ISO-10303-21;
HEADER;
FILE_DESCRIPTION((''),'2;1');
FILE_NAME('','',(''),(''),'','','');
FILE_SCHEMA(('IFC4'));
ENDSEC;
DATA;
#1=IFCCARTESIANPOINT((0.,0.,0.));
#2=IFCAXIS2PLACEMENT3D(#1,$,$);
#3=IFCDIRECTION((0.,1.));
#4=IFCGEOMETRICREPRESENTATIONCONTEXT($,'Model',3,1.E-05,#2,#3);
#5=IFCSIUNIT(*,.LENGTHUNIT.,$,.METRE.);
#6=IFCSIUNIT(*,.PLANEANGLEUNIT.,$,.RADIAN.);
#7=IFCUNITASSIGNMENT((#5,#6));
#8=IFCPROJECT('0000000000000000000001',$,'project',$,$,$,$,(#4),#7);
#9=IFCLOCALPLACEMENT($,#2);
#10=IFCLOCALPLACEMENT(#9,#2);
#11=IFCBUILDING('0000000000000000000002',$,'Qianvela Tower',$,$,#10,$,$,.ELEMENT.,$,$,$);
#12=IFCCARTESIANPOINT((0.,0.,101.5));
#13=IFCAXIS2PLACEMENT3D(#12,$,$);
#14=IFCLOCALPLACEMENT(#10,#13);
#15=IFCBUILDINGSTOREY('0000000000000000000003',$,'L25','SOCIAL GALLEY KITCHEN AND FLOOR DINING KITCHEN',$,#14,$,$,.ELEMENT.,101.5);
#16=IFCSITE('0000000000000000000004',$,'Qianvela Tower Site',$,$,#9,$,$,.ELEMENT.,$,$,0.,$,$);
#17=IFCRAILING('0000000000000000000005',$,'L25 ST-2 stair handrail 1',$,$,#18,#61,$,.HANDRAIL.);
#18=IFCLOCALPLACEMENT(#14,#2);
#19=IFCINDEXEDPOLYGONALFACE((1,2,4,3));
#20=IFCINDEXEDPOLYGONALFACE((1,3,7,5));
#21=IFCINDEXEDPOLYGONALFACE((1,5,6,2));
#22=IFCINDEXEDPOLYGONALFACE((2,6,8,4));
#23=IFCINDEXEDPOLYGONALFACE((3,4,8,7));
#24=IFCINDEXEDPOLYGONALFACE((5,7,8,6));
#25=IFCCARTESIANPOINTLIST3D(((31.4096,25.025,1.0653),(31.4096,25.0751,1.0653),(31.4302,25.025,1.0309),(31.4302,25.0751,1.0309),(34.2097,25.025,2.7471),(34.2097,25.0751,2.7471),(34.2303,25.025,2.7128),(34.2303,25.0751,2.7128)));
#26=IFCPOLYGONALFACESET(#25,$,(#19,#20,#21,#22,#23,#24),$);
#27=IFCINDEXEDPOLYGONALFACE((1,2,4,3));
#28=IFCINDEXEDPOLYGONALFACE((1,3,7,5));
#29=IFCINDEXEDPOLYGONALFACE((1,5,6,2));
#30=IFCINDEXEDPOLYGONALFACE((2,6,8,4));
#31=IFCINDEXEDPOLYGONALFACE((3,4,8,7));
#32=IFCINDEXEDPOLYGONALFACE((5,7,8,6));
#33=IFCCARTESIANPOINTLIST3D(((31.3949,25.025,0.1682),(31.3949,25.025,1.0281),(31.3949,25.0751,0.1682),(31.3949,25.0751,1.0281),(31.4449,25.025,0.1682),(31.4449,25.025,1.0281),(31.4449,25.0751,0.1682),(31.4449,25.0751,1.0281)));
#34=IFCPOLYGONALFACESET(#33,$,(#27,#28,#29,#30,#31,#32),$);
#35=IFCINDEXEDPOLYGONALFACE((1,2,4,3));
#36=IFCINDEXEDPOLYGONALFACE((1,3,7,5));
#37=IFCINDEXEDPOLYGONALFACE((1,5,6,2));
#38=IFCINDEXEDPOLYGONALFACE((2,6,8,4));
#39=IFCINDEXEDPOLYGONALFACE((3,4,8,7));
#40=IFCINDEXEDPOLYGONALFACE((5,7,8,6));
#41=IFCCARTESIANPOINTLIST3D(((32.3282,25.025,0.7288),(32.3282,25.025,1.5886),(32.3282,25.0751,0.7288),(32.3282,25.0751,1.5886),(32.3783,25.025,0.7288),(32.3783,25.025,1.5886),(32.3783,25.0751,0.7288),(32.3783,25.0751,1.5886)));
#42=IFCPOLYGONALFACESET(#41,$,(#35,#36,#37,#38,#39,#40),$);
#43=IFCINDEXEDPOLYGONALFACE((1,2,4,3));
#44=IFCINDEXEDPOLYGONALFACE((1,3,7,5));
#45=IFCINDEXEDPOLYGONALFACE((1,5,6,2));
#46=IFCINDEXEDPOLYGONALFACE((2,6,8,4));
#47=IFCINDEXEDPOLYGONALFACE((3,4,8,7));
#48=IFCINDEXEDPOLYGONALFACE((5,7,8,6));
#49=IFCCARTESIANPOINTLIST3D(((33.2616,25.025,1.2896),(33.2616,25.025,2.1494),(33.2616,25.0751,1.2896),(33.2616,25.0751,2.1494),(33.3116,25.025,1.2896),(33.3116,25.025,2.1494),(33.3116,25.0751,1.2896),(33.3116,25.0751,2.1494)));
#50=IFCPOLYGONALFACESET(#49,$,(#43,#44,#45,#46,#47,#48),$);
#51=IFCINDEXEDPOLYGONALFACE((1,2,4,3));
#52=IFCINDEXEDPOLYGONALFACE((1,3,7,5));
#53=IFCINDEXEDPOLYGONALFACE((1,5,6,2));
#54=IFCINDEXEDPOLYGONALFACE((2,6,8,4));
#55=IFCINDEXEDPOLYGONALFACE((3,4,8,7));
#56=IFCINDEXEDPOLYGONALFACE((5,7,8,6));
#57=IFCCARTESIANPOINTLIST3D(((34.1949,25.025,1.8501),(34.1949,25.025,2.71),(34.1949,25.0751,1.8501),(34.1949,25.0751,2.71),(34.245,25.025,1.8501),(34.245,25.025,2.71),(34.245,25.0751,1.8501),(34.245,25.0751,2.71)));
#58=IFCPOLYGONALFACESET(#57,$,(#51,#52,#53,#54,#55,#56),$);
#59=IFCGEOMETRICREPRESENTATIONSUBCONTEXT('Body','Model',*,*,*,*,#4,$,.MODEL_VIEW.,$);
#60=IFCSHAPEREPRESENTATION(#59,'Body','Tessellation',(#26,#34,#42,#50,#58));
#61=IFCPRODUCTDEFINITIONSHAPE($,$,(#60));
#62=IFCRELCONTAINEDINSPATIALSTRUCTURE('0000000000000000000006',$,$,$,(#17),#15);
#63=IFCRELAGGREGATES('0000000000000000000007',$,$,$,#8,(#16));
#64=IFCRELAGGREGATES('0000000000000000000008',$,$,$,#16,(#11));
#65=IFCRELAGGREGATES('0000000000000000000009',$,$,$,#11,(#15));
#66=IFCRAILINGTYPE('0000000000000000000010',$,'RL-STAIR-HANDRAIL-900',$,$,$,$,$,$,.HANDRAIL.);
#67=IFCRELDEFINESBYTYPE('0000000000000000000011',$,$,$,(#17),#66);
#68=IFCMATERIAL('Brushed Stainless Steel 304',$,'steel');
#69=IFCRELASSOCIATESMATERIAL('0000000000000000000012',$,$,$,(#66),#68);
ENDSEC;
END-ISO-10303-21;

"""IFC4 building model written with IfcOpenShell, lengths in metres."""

from ifc_helpers import new_model, si_unit, direction, frame, origin, origin_2d, place, context, subcontext, project, spatial, rectangle, extrude, material, type_object, element, save


model = new_model("IFC4")

# Units and contexts
model_context = context("Model", 3, precision=1e-05, world=origin(), true_north=direction((0.0, 1.0)))
body_context = subcontext(model_context, "Body", "Model", "MODEL_VIEW")
ifc_project = project(units=[si_unit("LENGTHUNIT", "METRE"), si_unit("PLANEANGLEUNIT", "RADIAN")], contexts=[model_context])

# Site, building, storey
site_placement = place(None, origin())
site = spatial("IfcSite", under=ifc_project, at=site_placement, Name="Qianvela Tower Site", CompositionType="ELEMENT", RefElevation=0.0)
building_placement = place(site_placement, origin())
building = spatial("IfcBuilding", under=site, at=building_placement, Name="Qianvela Tower", CompositionType="ELEMENT")
storey_placement = place(building_placement, frame((0.0, 0.0, 101.5)))
storey = spatial("IfcBuildingStorey", under=building, at=storey_placement, Name="L25", Description="SOCIAL GALLEY KITCHEN AND FLOOR DINING KITCHEN", CompositionType="ELEMENT", Elevation=101.5)

# Railing
ifc_material_1 = material(Name="Brushed Stainless Steel 304", Category="steel")
railing_type_1 = type_object("IfcRailingType", Name="RL-STAIR-HANDRAIL-900", PredefinedType="HANDRAIL", material=ifc_material_1)
railing_1_placement = place(storey_placement, frame((31.4199, 25.05, 0.1682)))
element("IfcRailing", 1, at=railing_1_placement, inside=storey, type_object=railing_type_1, Name="L25 ST-2 stair handrail 1", PredefinedType="HANDRAIL", context=body_context, shape_type="SweptSolid", body=[
    extrude(rectangle(XDim=0.05, YDim=0.04, at=origin_2d()), frame((0.0, 0.0, 0.8799), z_axis=(0.857242, 0.0, 0.514913), x_axis=(0.0, 1.0, 0.0)), (0.0, 0.0, 1.0), 3.2664),
    extrude(rectangle(XDim=0.05, YDim=0.05, at=origin_2d()), origin(), (0.0, 0.0, 1.0), 0.8599),
    extrude(rectangle(XDim=0.05, YDim=0.05, at=origin_2d()), frame((0.9333, 0.0, 0.5605)), (0.0, 0.0, 1.0), 0.8599),
    extrude(rectangle(XDim=0.05, YDim=0.05, at=origin_2d()), frame((1.8667, 0.0, 1.1213)), (0.0, 0.0, 1.0), 0.8599),
    extrude(rectangle(XDim=0.05, YDim=0.05, at=origin_2d()), frame((2.8, 0.0, 1.6819)), (0.0, 0.0, 1.0), 0.8599),
])

save(model, "model.ifc")
